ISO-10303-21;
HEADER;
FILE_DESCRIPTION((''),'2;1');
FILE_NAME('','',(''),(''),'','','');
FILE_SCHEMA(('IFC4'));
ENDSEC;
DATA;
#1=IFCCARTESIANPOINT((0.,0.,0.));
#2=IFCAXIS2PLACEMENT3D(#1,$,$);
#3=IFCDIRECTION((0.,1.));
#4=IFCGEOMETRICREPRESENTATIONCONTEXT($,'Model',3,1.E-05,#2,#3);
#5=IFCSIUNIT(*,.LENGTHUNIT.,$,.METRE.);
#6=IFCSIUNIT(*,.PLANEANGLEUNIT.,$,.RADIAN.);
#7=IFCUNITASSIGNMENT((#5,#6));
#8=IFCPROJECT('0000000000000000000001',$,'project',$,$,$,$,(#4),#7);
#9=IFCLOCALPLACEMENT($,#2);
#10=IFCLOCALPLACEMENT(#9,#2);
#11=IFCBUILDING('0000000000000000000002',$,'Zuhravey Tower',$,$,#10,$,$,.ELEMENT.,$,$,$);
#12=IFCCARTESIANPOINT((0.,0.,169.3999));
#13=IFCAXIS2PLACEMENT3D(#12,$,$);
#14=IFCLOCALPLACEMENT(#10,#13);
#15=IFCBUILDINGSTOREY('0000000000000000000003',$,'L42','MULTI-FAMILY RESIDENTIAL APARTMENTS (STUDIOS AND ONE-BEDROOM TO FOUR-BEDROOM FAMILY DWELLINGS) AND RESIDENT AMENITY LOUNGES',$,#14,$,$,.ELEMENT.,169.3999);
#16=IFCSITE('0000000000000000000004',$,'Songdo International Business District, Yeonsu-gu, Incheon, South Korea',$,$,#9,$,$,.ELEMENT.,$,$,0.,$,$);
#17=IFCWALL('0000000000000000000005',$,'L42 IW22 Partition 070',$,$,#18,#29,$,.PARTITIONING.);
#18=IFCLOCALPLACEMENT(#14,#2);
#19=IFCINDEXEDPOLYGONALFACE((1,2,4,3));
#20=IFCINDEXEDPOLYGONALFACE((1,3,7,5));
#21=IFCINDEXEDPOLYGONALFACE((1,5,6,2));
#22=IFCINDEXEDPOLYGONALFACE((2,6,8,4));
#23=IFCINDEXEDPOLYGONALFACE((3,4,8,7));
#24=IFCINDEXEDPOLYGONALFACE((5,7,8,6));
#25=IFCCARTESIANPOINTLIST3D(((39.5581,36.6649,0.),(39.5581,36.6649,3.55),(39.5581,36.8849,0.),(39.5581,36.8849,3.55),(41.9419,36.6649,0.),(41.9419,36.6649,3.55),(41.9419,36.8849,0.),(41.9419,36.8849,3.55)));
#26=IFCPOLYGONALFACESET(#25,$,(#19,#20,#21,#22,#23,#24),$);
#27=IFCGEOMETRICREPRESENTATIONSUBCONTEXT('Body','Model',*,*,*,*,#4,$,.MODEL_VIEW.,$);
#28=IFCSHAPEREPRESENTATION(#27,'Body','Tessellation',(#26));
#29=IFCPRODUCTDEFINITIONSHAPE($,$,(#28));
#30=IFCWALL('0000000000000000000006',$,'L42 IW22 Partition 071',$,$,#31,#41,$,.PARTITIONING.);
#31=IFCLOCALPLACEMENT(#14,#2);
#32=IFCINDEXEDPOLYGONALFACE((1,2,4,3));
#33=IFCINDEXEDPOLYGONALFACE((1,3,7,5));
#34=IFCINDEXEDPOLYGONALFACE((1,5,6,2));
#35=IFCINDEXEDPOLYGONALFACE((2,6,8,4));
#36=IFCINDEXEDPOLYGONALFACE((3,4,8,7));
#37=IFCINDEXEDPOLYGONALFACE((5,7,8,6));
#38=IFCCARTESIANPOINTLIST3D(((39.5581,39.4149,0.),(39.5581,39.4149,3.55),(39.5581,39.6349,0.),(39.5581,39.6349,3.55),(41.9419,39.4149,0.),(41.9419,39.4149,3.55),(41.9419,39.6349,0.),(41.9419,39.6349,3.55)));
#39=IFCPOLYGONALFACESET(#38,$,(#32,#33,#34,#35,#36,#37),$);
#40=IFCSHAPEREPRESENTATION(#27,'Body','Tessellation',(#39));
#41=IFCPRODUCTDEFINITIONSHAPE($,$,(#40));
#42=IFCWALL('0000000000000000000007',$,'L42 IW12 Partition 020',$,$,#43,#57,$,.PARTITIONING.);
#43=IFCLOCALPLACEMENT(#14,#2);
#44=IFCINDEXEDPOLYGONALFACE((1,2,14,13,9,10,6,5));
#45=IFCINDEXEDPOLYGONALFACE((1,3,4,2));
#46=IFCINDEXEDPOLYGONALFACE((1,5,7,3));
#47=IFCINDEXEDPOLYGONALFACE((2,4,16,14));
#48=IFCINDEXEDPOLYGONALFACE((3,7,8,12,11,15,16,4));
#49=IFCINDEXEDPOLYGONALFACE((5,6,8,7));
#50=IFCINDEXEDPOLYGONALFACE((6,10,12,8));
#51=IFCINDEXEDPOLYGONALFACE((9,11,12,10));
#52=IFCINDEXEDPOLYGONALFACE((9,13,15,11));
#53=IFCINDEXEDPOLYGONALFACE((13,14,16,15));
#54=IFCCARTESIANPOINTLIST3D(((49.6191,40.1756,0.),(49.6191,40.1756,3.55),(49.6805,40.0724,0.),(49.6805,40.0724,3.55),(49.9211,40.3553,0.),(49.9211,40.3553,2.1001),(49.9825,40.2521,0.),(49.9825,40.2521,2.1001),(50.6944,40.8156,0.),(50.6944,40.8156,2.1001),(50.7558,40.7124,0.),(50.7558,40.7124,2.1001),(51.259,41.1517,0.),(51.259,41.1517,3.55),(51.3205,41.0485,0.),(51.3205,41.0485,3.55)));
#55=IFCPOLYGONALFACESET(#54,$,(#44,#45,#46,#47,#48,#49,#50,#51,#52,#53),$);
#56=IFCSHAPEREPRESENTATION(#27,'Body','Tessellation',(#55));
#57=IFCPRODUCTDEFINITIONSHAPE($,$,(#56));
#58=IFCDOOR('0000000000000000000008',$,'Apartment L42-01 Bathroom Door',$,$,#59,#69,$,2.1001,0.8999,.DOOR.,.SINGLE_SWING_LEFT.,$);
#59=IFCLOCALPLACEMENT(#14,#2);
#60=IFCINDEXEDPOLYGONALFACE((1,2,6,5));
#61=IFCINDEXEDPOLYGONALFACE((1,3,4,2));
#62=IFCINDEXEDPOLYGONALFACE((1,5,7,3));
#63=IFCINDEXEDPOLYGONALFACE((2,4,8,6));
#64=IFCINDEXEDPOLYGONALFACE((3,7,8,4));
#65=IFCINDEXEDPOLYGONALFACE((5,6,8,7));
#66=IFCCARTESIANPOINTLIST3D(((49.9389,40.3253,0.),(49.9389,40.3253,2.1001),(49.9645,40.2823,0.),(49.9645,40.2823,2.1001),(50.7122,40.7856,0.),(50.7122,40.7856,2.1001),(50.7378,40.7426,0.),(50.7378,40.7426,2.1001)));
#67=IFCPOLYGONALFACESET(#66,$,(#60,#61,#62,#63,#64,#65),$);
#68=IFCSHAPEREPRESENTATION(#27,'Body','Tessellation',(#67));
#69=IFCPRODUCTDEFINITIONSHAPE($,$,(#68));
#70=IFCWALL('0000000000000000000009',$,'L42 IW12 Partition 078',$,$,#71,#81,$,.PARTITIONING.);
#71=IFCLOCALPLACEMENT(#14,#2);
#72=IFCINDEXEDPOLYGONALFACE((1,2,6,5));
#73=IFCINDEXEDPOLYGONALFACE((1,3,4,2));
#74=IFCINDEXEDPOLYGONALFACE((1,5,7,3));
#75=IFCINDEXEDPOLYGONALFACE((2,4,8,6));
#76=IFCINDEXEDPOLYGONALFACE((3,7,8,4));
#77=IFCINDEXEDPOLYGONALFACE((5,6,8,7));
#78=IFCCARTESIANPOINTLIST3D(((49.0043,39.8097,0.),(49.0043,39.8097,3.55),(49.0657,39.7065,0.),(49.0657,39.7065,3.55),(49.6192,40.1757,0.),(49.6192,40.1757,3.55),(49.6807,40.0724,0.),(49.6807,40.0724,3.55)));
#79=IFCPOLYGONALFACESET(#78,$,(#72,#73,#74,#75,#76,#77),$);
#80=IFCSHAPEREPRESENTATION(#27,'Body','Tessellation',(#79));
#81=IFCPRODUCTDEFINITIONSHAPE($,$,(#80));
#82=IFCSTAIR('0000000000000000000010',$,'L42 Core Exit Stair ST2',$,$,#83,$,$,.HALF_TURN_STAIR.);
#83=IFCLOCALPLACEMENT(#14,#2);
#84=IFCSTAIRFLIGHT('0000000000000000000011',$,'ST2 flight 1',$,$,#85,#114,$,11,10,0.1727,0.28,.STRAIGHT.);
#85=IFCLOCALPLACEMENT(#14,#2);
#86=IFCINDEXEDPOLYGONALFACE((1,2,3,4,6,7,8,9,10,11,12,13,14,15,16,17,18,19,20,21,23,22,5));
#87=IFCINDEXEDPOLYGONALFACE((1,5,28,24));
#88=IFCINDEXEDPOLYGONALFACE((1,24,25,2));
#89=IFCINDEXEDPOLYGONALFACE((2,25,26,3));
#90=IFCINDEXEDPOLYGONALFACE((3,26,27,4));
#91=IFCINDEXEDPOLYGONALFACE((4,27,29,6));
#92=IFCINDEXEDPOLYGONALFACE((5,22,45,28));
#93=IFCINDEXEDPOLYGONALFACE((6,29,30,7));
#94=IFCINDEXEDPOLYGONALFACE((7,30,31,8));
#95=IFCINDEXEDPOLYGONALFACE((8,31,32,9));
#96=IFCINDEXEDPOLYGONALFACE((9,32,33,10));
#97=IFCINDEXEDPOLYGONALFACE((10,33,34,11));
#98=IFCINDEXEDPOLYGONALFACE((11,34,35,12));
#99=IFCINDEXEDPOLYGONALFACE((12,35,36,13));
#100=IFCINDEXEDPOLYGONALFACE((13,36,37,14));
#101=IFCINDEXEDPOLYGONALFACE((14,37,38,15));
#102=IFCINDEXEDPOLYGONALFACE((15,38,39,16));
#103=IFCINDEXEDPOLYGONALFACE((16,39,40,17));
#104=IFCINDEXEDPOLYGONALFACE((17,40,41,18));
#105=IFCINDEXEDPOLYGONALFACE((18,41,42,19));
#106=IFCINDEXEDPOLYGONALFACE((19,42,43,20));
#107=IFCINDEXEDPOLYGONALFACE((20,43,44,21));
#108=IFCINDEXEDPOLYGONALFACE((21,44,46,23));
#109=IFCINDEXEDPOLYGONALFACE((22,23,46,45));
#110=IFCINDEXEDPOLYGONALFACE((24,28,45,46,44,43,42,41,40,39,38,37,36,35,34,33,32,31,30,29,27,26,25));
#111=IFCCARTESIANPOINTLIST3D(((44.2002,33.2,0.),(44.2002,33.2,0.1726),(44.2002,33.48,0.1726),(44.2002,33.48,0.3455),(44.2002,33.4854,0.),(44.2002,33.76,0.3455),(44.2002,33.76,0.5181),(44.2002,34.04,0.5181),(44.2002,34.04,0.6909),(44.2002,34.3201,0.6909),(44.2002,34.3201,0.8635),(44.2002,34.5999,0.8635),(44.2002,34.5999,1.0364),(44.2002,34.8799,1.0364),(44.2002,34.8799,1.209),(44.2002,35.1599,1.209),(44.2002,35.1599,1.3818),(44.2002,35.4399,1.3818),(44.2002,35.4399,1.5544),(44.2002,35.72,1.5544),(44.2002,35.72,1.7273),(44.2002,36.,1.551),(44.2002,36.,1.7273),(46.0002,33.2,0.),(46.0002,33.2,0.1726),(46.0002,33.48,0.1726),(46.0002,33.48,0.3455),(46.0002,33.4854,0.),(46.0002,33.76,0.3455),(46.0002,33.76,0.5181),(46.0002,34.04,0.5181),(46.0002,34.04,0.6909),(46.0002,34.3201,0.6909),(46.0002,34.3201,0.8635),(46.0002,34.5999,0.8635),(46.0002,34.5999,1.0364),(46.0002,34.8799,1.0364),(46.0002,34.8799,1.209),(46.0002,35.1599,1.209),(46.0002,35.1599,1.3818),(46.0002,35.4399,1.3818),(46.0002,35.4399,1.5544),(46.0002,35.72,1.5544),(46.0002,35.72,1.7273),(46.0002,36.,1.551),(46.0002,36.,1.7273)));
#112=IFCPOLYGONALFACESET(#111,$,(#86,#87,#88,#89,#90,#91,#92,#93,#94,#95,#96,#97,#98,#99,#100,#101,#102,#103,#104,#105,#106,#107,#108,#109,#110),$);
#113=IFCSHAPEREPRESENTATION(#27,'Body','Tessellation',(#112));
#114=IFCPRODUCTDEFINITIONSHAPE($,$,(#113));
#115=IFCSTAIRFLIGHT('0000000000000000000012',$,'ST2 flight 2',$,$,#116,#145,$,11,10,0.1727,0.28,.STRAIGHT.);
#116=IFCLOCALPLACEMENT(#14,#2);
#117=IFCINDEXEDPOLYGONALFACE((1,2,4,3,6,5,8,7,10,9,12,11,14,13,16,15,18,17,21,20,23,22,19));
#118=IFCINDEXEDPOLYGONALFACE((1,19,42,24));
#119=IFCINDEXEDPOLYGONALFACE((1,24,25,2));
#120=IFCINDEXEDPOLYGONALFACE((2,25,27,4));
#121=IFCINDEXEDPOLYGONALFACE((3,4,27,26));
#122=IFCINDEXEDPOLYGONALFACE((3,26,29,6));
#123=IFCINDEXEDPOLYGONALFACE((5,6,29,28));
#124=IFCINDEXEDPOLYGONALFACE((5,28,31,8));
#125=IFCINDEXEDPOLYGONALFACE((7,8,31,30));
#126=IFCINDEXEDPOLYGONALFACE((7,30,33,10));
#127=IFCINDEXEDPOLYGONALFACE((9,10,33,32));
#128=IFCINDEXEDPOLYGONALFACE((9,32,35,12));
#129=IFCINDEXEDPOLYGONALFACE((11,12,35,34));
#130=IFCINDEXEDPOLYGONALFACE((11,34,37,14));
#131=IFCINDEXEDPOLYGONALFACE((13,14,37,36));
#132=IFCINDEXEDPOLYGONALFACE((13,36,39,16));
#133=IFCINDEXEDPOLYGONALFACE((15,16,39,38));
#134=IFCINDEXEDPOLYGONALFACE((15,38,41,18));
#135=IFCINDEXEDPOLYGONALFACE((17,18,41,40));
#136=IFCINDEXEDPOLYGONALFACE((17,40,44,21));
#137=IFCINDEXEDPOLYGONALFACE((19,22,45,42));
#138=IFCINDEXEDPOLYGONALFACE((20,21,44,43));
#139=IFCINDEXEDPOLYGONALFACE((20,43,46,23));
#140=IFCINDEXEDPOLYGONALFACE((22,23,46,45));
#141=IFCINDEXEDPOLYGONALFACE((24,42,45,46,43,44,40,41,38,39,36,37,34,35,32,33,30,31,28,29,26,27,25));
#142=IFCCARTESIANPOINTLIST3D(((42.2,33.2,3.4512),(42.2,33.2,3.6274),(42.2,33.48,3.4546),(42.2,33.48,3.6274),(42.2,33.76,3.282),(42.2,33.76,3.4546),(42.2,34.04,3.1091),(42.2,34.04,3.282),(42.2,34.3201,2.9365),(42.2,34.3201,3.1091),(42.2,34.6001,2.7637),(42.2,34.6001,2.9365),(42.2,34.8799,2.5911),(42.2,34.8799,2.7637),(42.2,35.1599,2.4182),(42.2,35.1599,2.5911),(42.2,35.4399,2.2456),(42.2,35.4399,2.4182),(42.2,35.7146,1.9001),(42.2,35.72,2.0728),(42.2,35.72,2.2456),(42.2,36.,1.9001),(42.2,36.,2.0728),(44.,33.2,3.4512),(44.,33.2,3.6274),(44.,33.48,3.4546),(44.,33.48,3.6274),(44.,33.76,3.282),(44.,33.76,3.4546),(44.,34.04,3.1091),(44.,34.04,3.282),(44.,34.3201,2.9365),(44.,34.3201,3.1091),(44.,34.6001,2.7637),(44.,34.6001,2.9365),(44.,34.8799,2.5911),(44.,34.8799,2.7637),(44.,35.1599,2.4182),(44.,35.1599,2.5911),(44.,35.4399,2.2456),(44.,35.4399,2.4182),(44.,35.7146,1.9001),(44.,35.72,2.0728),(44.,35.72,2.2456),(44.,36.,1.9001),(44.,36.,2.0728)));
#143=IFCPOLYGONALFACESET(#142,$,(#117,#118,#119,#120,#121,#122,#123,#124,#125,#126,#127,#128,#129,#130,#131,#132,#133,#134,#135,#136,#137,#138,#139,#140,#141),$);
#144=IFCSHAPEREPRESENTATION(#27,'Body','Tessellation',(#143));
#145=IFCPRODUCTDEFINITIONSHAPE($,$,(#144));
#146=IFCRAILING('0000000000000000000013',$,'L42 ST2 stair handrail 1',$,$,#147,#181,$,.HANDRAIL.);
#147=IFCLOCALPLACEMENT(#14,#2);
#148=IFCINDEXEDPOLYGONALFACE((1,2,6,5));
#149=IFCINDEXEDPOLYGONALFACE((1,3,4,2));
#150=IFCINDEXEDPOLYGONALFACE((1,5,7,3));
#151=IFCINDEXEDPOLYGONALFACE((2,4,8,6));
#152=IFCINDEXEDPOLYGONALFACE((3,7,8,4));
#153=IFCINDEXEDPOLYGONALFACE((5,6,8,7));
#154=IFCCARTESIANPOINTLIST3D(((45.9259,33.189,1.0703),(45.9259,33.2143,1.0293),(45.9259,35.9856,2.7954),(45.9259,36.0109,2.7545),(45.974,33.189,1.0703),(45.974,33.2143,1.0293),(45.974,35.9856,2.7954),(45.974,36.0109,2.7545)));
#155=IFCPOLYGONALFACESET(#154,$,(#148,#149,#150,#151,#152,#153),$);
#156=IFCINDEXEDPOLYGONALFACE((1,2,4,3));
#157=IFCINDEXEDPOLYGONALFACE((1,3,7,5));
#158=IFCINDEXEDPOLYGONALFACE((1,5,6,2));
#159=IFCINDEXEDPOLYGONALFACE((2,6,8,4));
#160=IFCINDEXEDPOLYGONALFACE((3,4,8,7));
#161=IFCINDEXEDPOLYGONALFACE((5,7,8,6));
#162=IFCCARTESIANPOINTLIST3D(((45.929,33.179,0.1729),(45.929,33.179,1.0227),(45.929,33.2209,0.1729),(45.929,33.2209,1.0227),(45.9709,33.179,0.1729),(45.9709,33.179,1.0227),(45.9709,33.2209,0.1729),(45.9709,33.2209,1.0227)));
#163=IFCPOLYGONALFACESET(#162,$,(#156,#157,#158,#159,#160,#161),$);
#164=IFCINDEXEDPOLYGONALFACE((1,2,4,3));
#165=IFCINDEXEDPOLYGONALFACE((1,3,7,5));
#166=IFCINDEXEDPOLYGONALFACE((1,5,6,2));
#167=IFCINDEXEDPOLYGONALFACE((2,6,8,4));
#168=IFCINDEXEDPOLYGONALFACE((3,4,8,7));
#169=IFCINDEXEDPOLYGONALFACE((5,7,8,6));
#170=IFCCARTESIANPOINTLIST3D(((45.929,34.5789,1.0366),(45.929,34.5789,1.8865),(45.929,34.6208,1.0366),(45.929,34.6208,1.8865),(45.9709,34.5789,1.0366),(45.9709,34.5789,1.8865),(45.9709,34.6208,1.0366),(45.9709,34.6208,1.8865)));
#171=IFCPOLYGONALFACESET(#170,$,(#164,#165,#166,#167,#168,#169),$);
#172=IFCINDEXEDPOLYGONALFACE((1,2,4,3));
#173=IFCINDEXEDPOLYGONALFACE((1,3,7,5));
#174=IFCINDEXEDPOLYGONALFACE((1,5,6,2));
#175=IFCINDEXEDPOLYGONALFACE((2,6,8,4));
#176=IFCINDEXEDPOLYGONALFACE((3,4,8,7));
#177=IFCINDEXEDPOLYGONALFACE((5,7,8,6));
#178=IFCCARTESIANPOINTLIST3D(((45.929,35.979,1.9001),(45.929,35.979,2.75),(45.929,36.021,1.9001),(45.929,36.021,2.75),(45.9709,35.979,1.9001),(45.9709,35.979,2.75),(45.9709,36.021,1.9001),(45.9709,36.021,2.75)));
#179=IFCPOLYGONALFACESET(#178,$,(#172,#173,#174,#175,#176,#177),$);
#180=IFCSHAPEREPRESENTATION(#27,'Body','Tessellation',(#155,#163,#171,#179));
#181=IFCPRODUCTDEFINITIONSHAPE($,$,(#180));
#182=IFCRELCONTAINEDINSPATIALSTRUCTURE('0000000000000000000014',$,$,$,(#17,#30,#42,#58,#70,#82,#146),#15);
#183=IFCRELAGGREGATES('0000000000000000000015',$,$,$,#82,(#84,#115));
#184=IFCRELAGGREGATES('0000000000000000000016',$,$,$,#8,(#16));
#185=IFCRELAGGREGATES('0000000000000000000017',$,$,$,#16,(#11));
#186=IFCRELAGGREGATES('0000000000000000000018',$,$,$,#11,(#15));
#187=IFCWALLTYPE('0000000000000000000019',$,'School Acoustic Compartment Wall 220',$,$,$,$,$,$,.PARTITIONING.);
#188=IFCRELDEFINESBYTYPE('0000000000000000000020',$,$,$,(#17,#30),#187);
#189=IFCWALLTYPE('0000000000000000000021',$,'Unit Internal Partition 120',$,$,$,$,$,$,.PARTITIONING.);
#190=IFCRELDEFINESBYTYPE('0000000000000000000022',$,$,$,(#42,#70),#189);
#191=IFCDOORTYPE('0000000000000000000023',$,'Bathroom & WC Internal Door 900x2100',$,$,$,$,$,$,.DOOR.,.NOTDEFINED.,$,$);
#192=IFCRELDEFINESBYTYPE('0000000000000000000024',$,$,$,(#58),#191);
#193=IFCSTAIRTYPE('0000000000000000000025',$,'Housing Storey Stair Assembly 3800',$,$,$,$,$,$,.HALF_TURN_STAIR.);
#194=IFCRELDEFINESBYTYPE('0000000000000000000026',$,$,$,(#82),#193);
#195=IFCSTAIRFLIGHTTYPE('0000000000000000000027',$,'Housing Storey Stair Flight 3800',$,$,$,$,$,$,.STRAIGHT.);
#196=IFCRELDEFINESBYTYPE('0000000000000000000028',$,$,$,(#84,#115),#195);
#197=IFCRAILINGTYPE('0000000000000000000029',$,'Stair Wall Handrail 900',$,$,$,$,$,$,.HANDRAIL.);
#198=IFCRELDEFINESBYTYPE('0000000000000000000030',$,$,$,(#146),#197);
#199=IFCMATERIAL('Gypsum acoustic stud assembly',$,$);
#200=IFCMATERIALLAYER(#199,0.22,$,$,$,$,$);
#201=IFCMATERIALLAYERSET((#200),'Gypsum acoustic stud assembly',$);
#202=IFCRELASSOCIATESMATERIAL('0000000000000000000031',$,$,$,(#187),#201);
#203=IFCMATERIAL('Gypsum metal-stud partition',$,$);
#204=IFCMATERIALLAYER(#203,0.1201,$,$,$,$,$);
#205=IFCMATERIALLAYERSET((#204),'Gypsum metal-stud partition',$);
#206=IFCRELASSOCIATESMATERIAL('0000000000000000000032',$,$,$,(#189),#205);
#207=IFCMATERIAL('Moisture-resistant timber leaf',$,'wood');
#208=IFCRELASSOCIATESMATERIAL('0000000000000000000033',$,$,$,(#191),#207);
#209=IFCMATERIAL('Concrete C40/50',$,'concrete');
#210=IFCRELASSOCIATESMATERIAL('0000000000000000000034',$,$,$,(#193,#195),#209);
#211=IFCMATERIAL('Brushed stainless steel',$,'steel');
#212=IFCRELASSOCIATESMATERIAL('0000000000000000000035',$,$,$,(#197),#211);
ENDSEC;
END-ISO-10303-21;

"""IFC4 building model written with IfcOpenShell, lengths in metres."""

from ifc_helpers import new_model, si_unit, direction, frame, frame_2d, origin, origin_2d, place, context, subcontext, project, spatial, polyline, rectangle, outline, extrude, material, layer, layer_set, type_object, element, fill, aggregate, save


model = new_model("IFC4")

# Units and contexts
model_context = context("Model", 3, precision=1e-05, world=origin(), true_north=direction((0.0, 1.0)))
body_context = subcontext(model_context, "Body", "Model", "MODEL_VIEW")
ifc_project = project(units=[si_unit("LENGTHUNIT", "METRE"), si_unit("PLANEANGLEUNIT", "RADIAN")], contexts=[model_context])

# Site, building, storey
site_placement = place(None, origin())
site = spatial("IfcSite", under=ifc_project, at=site_placement, Name="Songdo International Business District, Yeonsu-gu, Incheon, South Korea", CompositionType="ELEMENT", RefElevation=0.0)
building_placement = place(site_placement, origin())
building = spatial("IfcBuilding", under=site, at=building_placement, Name="Zuhravey Tower", CompositionType="ELEMENT")
storey_placement = place(building_placement, frame((0.0, 0.0, 169.3999)))
storey = spatial("IfcBuildingStorey", under=building, at=storey_placement, Name="L42", Description="MULTI-FAMILY RESIDENTIAL APARTMENTS (STUDIOS AND ONE-BEDROOM TO FOUR-BEDROOM FAMILY DWELLINGS) AND RESIDENT AMENITY LOUNGES", CompositionType="ELEMENT", Elevation=169.3999)

# Walls
ifc_material_1 = material(Name="Gypsum acoustic stud assembly")
ifc_layer_1 = layer(ifc_material_1, 0.22)
ifc_layer_set_1 = layer_set([ifc_layer_1], Name="Gypsum acoustic stud assembly")
wall_type_1 = type_object("IfcWallType", Name="School Acoustic Compartment Wall 220", PredefinedType="PARTITIONING", material=ifc_layer_set_1)
for number, where, z_axis, x_axis, name in (
    (1, (39.5581, 36.7749, 0.0), (0.0, 0.0, 1.0), (1.0, 0.0, 0.0), "L42 IW22 Partition 070"),
    (2, (39.5581, 39.5249, 0.0), (0.0, 0.0, 1.0), (1.0, 0.0, 0.0), "L42 IW22 Partition 071"),
):
    element("IfcWall", number, at=place(storey_placement, frame(where, z_axis=z_axis, x_axis=x_axis)), inside=storey, type_object=wall_type_1, Name=name, PredefinedType="PARTITIONING", context=body_context, shape_type="SweptSolid", body=[
        extrude(rectangle(XDim=2.3838, YDim=0.22, at=frame_2d((1.1919, 0.0))), origin(), (0.0, 0.0, 1.0), 3.55),
    ])

# Wall, opening, door
ifc_material_2 = material(Name="Gypsum metal-stud partition")
ifc_layer_2 = layer(ifc_material_2, 0.1201)
ifc_layer_set_2 = layer_set([ifc_layer_2], Name="Gypsum metal-stud partition")
wall_type_2 = type_object("IfcWallType", Name="Unit Internal Partition 120", PredefinedType="PARTITIONING", material=ifc_layer_set_2)
wall_1_placement = place(storey_placement, frame((49.6499, 40.124, 0.0), z_axis=(0.0, 0.0, 1.0), x_axis=(0.859305, 0.511464, 0.0)))
wall_1 = element("IfcWall", 3, at=wall_1_placement, inside=storey, type_object=wall_type_2, Name="L42 IW12 Partition 020", PredefinedType="PARTITIONING", context=body_context, shape_type="SweptSolid", body=[
    extrude(rectangle(XDim=1.9084, YDim=0.1201, at=frame_2d((0.9541, 0.0))), origin(), (0.0, 0.0, 1.0), 3.55),
])
opening_1_placement = place(wall_1_placement, frame((0.3513, 0.0, 0.0)))
opening_1 = element("IfcOpeningElement", 4, at=opening_1_placement, cuts=wall_1, PredefinedType="OPENING", context=body_context, shape_type="SweptSolid", body=[
    extrude(rectangle(XDim=0.8999, YDim=2.1001, at=frame_2d((0.45, 1.05))), frame((0.0, 0.072, 0.0), z_axis=(0.0, -1.0, 0.0), x_axis=(1.0, 0.0, 0.0)), (0.0, 0.0, 1.0), 0.144),
])
ifc_material_3 = material(Name="Moisture-resistant timber leaf", Category="wood")
door_type_1 = type_object("IfcDoorType", Name="Bathroom & WC Internal Door 900x2100", OperationType="NOTDEFINED", PredefinedType="DOOR", material=ifc_material_3)
door_1_placement = place(opening_1_placement, frame((0.8999, 0.0, 0.0), z_axis=(0.0, 0.0, 1.0), x_axis=(-1.0, 0.0, 0.0)))
door_1 = element("IfcDoor", 5, at=door_1_placement, inside=storey, type_object=door_type_1, Name="Apartment L42-01 Bathroom Door", OperationType="SINGLE_SWING_LEFT", OverallHeight=2.1001, OverallWidth=0.8999, PredefinedType="DOOR", context=body_context, shape_type="SweptSolid", body=[
    extrude(rectangle(XDim=0.8999, YDim=2.1001, at=frame_2d((0.45, 1.05))), frame((0.0, 0.0249, 0.0), z_axis=(0.0, -1.0, 0.0), x_axis=(1.0, 0.0, 0.0)), (0.0, 0.0, 1.0), 0.05),
])
fill(opening_1, door_1)

# Wall
wall_2_placement = place(storey_placement, frame((49.0349, 39.7581, 0.0), z_axis=(0.0, 0.0, 1.0), x_axis=(0.859354, 0.511382, 0.0)))
element("IfcWall", 6, at=wall_2_placement, inside=storey, type_object=wall_type_2, Name="L42 IW12 Partition 078", PredefinedType="PARTITIONING", context=body_context, shape_type="SweptSolid", body=[
    extrude(rectangle(XDim=0.7156, YDim=0.1201, at=frame_2d((0.3579, 0.0))), origin(), (0.0, 0.0, 1.0), 3.55),
])

# Stair, stair flights
ifc_material_4 = material(Name="Concrete C40/50", Category="concrete")
stair_type = type_object("IfcStairType", Name="Housing Storey Stair Assembly 3800", PredefinedType="HALF_TURN_STAIR", material=ifc_material_4)
stair_placement = place(storey_placement, origin())
stair = element("IfcStair", 7, at=stair_placement, inside=storey, type_object=stair_type, Name="L42 Core Exit Stair ST2", PredefinedType="HALF_TURN_STAIR")
stair_flight_type = type_object("IfcStairFlightType", Name="Housing Storey Stair Flight 3800", PredefinedType="STRAIGHT", material=ifc_material_4)
stair_flight_1_placement = place(storey_placement, frame((45.1001, 33.2, 0.0), z_axis=(0.0, 0.0, 1.0), x_axis=(0.0, 1.0, 0.0)))
stair_flight_1 = element("IfcStairFlight", 8, at=stair_flight_1_placement, type_object=stair_flight_type, Name="ST2 flight 1", NumberOfRisers=11, NumberOfTreads=10, PredefinedType="STRAIGHT", RiserHeight=0.1727, TreadLength=0.28, context=body_context, shape_type="SweptSolid", body=[
    extrude(outline(polyline([(0.0, 0.0), (0.0, 0.1726), (0.28, 0.1726), (0.28, 0.3455), (0.5601, 0.3455), (0.5601, 0.5181), (0.8401, 0.5181), (0.8401, 0.6909), (1.1201, 0.6909), (1.1201, 0.8635), (1.3999, 0.8635), (1.3999, 1.0364), (1.6799, 1.0364), (1.6799, 1.209), (1.96, 1.209), (1.96, 1.3818), (2.24, 1.3818), (2.24, 1.5544), (2.52, 1.5544), (2.52, 1.7273), (2.8, 1.7273), (2.8, 1.8999), (2.8, 1.551), (0.2854, 0.0), (0.0, 0.0)])), frame((0.0, 0.8999, 0.0), z_axis=(0.0, -1.0, 0.0), x_axis=(1.0, 0.0, 0.0)), (0.0, 0.0, 1.0), 1.8),
])
stair_flight_2_placement = place(storey_placement, frame((43.1001, 36.0, 1.9001), z_axis=(0.0, 0.0, 1.0), x_axis=(0.0, -1.0, 0.0)))
stair_flight_2 = element("IfcStairFlight", 9, at=stair_flight_2_placement, type_object=stair_flight_type, Name="ST2 flight 2", NumberOfRisers=11, NumberOfTreads=10, PredefinedType="STRAIGHT", RiserHeight=0.1727, TreadLength=0.28, context=body_context, shape_type="SweptSolid", body=[
    extrude(outline(polyline([(0.0, 0.0), (0.0, 0.1726), (0.28, 0.1726), (0.28, 0.3455), (0.5601, 0.3455), (0.5601, 0.5181), (0.8401, 0.5181), (0.8401, 0.6909), (1.1201, 0.6909), (1.1201, 0.8635), (1.3999, 0.8635), (1.3999, 1.0364), (1.6799, 1.0364), (1.6799, 1.209), (1.96, 1.209), (1.96, 1.3818), (2.24, 1.3818), (2.24, 1.5544), (2.52, 1.5544), (2.52, 1.7273), (2.8, 1.7273), (2.8, 1.8999), (2.8, 1.551), (0.2854, 0.0), (0.0, 0.0)])), frame((0.0, 0.8999, 0.0), z_axis=(0.0, -1.0, 0.0), x_axis=(1.0, 0.0, 0.0)), (0.0, 0.0, 1.0), 1.8),
])
aggregate(stair, [stair_flight_1, stair_flight_2])

# Railing
ifc_material_5 = material(Name="Brushed stainless steel", Category="steel")
railing_type_1 = type_object("IfcRailingType", Name="Stair Wall Handrail 900", PredefinedType="HANDRAIL", material=ifc_material_5)
railing_1_placement = place(storey_placement, frame((45.95, 33.2, 0.1729)))
element("IfcRailing", 10, at=railing_1_placement, inside=storey, type_object=railing_type_1, Name="L42 ST2 stair handrail 1", PredefinedType="HANDRAIL", context=body_context, shape_type="SweptSolid", body=[
    extrude(rectangle(XDim=0.0481, YDim=0.0481, at=origin_2d()), frame((0.0, 0.0017, 0.877), z_axis=(0.0, 0.85109, 0.52502), x_axis=(-1.0, 0.0, 0.0)), (0.0, 0.0, 1.0), 3.2859),
    extrude(rectangle(XDim=0.042, YDim=0.042, at=origin_2d()), origin(), (0.0, 0.0, 1.0), 0.8499),
    extrude(rectangle(XDim=0.042, YDim=0.042, at=origin_2d()), frame((0.0, 1.3999, 0.8638)), (0.0, 0.0, 1.0), 0.8499),
    extrude(rectangle(XDim=0.042, YDim=0.042, at=origin_2d()), frame((0.0, 2.8, 1.7273)), (0.0, 0.0, 1.0), 0.8499),
])

save(model, "model.ifc")
